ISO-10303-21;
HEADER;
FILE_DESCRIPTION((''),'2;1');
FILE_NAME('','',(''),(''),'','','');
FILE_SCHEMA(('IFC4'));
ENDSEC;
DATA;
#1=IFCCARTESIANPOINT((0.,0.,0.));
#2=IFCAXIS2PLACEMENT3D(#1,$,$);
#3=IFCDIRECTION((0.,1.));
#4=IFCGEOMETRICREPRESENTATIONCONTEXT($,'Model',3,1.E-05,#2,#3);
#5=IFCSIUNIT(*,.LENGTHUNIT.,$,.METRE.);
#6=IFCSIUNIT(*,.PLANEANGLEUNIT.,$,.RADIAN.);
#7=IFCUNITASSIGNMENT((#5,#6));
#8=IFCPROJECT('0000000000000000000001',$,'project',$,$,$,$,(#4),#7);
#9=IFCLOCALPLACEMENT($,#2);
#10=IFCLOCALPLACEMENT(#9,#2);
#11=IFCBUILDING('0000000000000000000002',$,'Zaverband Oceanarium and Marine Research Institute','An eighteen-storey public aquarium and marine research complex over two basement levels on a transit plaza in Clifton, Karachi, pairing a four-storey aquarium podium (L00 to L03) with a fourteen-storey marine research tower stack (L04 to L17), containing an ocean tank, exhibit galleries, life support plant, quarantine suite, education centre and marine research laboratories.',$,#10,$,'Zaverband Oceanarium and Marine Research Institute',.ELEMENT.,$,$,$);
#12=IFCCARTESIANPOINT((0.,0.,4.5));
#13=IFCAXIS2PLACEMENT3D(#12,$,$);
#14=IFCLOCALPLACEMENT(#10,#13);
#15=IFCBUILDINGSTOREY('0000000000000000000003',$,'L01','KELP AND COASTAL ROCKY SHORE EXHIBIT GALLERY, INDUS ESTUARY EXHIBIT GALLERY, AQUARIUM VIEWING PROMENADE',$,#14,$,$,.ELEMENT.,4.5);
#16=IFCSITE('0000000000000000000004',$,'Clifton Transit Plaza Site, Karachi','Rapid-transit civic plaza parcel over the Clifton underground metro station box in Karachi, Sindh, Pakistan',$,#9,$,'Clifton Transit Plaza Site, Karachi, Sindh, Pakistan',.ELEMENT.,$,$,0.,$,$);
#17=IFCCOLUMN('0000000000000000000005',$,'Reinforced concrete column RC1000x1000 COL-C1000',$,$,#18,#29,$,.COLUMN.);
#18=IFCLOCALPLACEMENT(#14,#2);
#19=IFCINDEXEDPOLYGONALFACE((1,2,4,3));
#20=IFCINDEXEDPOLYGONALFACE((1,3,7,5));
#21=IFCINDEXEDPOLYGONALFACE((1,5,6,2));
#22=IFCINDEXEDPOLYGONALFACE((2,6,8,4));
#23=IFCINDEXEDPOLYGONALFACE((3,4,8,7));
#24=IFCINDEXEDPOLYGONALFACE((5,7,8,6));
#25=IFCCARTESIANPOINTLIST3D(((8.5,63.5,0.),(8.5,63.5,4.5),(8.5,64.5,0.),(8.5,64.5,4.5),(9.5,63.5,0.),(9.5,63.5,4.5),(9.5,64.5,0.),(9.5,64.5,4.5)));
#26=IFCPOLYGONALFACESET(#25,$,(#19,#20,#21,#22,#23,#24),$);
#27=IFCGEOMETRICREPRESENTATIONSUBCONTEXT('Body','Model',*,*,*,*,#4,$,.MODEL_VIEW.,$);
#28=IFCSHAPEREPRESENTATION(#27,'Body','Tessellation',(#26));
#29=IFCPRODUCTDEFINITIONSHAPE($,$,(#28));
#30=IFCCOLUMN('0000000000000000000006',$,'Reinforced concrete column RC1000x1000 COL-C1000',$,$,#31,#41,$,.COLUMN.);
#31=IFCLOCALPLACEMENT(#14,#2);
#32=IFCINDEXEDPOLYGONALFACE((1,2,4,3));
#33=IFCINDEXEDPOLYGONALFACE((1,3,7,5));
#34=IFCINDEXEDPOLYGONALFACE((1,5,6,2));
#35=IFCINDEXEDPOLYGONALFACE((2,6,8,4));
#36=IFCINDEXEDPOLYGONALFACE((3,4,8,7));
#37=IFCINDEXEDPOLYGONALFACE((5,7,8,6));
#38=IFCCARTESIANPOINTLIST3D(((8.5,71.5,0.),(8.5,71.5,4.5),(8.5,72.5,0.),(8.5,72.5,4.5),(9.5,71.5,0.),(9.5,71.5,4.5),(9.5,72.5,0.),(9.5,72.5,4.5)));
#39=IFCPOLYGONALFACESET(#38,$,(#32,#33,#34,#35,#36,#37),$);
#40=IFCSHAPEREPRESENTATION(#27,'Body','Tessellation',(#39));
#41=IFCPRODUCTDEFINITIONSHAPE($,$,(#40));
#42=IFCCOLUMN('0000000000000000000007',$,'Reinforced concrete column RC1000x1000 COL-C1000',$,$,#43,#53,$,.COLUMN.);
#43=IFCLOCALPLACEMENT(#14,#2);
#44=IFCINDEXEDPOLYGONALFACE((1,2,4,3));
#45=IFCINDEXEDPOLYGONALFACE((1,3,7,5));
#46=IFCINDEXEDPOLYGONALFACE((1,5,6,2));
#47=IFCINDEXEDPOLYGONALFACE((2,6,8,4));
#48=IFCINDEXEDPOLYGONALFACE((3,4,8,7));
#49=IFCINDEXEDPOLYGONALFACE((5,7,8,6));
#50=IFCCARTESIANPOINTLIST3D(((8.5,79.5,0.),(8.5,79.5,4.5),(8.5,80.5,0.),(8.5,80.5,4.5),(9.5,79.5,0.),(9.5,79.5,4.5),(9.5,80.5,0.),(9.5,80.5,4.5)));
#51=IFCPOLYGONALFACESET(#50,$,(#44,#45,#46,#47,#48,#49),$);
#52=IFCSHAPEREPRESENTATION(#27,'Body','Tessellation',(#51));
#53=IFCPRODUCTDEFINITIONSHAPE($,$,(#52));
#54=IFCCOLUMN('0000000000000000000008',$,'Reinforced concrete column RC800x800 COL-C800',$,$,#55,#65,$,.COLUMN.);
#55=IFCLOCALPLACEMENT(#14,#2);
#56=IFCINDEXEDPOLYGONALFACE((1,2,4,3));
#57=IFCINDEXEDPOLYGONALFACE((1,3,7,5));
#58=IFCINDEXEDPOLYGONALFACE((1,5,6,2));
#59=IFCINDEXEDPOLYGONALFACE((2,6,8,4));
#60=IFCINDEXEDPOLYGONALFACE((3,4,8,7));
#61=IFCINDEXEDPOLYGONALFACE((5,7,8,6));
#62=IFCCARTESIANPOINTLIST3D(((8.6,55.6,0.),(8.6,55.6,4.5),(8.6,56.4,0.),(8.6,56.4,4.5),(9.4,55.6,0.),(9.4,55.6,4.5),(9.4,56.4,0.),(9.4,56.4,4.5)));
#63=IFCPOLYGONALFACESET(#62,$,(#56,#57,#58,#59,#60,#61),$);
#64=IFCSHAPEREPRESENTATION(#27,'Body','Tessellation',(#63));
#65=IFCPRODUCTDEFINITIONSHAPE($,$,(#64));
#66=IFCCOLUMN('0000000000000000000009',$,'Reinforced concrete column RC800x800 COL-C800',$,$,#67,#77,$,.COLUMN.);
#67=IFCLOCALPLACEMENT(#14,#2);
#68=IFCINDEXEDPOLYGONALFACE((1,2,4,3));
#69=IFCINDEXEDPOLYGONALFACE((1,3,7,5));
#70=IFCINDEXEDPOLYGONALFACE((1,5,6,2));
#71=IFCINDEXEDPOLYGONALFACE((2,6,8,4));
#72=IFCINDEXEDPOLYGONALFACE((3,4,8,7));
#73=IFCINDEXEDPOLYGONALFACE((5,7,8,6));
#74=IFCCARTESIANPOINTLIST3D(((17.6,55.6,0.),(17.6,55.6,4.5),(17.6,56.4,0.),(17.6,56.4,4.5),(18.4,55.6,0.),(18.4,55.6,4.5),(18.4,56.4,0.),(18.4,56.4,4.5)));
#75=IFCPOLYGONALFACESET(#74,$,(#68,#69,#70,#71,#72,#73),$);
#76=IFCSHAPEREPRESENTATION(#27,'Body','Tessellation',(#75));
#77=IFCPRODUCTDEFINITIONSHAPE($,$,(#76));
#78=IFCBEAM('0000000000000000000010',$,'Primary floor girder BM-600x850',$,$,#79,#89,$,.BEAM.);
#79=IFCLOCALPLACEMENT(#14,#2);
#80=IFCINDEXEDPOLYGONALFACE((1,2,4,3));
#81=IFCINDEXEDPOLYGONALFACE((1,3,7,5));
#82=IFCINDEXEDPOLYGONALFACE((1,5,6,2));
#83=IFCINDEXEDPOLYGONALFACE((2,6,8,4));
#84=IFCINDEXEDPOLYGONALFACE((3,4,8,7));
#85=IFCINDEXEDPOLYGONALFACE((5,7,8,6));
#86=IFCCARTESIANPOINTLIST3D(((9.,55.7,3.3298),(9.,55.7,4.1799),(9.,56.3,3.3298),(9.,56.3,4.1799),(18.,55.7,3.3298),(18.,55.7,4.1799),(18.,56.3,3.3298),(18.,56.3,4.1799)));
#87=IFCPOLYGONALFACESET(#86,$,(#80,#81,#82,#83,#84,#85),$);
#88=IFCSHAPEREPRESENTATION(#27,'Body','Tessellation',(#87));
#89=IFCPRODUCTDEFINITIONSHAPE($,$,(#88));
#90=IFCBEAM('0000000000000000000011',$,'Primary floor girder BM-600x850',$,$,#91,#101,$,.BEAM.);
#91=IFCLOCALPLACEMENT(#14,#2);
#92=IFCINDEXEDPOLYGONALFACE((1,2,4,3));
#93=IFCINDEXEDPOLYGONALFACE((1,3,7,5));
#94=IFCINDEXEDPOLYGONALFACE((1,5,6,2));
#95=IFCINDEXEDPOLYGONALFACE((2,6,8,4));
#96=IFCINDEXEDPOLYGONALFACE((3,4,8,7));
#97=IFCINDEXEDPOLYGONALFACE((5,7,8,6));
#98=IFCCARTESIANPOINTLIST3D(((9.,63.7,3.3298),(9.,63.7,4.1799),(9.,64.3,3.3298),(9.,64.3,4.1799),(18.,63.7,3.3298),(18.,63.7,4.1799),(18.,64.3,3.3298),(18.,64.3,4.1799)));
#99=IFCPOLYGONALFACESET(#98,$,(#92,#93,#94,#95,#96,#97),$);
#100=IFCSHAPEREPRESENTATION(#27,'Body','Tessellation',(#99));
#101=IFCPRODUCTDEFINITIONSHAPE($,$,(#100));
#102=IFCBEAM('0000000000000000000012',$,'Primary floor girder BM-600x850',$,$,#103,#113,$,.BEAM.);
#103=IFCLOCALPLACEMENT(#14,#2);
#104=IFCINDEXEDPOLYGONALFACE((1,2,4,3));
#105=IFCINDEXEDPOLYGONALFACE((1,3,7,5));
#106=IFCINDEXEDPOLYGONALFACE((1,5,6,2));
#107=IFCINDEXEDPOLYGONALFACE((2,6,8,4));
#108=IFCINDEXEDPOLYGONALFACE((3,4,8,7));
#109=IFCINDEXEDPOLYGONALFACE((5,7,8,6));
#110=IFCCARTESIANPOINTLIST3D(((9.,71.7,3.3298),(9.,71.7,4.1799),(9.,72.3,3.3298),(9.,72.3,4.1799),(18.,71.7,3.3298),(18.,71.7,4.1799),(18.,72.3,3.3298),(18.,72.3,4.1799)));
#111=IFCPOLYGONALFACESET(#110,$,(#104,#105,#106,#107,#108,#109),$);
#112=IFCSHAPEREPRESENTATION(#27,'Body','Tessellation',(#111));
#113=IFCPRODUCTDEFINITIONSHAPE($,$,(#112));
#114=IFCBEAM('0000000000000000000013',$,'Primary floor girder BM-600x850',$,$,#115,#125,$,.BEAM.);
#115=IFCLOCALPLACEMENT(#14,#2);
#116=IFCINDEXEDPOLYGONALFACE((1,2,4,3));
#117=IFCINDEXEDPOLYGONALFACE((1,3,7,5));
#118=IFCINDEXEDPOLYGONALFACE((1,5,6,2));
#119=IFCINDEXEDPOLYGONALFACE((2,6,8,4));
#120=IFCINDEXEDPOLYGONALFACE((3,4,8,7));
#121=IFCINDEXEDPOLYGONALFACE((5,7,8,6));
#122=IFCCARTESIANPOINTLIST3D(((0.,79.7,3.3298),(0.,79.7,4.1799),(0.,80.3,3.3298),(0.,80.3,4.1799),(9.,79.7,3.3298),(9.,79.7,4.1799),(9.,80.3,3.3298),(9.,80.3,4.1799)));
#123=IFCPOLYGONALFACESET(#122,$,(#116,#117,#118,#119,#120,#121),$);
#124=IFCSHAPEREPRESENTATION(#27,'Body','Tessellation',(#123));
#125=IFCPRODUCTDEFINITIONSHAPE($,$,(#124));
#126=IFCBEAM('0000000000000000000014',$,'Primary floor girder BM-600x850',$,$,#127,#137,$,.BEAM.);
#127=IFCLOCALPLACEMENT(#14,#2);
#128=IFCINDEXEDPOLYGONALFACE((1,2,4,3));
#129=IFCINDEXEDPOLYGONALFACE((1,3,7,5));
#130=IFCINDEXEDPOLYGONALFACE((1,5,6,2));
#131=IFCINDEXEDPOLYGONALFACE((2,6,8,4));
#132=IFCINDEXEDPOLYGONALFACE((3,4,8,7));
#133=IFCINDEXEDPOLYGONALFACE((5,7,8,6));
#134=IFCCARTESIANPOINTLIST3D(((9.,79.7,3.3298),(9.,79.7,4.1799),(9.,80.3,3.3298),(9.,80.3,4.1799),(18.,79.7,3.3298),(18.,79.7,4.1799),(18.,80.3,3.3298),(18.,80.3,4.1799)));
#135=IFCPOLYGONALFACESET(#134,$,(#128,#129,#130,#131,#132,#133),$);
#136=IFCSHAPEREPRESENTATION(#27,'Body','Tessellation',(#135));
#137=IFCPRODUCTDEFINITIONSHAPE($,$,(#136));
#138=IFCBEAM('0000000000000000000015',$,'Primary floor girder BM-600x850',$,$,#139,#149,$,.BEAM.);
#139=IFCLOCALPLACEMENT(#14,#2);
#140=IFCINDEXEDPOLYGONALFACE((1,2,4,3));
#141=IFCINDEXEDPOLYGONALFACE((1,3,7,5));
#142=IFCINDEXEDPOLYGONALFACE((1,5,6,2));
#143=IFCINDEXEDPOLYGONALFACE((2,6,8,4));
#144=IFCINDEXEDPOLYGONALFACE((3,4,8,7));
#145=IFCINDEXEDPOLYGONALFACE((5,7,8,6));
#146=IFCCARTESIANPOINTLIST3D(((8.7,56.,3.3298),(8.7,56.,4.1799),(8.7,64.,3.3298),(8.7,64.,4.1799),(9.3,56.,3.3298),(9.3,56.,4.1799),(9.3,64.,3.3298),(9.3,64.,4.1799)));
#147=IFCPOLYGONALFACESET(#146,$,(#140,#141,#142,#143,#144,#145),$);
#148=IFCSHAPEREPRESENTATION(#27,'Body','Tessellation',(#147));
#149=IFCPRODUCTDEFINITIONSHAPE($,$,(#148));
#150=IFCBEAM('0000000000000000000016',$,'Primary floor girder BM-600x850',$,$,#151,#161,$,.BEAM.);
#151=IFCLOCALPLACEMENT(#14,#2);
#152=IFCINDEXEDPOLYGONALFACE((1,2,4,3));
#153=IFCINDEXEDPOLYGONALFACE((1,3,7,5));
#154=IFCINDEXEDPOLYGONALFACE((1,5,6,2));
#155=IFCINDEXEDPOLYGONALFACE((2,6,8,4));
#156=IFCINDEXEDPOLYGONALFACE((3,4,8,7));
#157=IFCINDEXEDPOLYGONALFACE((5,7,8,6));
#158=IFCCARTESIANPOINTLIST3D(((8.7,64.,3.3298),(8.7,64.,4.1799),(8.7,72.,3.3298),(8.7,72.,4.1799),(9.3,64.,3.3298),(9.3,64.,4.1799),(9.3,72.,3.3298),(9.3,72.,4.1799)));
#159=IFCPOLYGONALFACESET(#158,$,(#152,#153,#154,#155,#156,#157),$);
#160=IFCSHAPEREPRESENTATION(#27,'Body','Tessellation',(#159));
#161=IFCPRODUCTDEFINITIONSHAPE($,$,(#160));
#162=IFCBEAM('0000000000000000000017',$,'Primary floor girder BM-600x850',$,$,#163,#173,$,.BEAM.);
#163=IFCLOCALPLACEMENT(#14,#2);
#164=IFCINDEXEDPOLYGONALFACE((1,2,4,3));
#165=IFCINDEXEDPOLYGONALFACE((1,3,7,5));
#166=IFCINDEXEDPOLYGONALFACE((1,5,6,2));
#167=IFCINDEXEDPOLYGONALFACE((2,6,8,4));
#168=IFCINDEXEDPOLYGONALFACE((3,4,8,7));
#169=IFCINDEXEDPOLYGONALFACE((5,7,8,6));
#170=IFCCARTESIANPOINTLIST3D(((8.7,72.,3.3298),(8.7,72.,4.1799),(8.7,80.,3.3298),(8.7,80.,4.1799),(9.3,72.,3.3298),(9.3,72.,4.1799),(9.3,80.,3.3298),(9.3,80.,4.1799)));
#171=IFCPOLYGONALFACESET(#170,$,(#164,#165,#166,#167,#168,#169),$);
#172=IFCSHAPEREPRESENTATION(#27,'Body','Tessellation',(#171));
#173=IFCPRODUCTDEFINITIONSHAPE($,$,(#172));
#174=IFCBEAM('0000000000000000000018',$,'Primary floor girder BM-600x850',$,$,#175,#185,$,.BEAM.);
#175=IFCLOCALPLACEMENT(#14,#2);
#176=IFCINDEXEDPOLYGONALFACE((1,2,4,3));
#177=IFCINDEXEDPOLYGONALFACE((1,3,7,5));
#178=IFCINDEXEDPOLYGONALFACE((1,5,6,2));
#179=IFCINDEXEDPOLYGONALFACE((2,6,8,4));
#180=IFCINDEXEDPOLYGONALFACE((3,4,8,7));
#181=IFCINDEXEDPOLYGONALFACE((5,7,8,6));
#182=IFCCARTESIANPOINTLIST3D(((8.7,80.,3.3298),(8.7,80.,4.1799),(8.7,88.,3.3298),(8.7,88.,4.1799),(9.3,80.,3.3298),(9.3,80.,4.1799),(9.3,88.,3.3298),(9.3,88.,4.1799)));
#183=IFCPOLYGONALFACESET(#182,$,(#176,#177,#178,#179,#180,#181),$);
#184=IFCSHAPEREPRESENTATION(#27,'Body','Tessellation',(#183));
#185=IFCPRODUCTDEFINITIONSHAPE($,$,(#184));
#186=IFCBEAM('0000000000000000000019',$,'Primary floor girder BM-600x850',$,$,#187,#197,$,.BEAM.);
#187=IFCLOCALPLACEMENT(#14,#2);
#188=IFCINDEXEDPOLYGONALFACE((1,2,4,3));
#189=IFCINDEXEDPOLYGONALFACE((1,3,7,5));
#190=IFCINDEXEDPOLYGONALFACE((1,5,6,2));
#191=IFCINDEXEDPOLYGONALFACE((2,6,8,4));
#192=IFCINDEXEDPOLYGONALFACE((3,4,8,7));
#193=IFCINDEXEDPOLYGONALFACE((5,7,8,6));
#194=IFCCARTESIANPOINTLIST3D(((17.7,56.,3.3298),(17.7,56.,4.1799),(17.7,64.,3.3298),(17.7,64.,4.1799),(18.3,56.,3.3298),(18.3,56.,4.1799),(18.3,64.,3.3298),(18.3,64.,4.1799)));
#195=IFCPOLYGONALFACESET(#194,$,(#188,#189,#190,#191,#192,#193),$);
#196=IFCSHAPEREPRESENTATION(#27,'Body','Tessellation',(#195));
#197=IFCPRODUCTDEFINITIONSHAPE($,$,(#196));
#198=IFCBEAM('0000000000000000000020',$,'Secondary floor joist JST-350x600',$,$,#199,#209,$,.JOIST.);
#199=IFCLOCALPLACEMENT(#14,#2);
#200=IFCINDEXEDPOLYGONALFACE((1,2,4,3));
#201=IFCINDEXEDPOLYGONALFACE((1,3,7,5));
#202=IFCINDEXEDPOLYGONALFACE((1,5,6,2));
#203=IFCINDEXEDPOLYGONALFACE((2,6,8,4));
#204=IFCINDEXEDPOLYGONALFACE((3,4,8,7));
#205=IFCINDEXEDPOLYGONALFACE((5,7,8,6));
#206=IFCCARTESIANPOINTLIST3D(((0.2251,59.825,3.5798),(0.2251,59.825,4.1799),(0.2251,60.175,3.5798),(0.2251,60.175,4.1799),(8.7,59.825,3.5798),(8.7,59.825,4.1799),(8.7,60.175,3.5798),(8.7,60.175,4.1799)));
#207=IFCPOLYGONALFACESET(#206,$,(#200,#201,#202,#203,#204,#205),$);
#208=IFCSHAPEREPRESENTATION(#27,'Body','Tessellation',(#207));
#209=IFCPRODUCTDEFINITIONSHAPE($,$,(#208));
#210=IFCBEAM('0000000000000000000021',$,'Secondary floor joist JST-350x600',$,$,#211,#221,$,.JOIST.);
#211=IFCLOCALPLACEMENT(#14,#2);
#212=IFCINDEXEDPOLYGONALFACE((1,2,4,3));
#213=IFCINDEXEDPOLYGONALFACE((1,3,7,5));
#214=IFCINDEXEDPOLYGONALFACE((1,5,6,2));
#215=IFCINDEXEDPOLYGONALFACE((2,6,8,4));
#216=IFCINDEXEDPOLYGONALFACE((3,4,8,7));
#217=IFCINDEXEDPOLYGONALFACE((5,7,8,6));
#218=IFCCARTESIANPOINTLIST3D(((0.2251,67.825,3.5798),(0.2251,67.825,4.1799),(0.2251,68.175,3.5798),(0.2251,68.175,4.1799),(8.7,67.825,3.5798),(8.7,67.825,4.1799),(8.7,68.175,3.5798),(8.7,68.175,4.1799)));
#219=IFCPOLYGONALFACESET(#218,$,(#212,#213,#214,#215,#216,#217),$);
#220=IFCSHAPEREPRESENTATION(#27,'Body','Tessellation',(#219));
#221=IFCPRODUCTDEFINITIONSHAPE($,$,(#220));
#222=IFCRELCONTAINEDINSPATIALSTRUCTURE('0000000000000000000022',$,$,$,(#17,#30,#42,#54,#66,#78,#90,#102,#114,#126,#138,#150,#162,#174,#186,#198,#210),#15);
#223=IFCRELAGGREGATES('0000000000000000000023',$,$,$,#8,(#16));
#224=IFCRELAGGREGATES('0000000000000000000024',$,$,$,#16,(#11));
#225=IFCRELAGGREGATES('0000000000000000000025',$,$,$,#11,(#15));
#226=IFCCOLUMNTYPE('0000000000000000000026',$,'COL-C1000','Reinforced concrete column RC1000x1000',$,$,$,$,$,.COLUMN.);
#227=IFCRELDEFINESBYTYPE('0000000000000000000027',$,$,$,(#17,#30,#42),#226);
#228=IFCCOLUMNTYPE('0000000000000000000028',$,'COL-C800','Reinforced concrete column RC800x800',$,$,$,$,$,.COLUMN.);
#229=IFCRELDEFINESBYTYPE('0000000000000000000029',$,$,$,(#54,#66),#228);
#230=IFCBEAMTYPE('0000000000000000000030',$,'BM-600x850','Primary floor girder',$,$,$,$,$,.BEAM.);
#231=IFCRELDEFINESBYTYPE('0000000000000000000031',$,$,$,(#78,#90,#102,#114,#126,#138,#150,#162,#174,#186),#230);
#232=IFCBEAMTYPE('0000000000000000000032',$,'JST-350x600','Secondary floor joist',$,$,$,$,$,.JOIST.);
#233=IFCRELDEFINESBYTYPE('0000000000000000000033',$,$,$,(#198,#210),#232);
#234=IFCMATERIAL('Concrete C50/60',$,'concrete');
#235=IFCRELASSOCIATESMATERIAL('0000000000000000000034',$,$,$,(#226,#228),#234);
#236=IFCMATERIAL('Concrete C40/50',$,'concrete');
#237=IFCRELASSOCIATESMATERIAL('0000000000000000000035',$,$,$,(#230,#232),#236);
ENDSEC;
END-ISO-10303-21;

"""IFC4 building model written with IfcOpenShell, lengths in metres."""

from ifc_helpers import new_model, si_unit, direction, frame, origin, origin_2d, place, context, subcontext, project, spatial, rectangle, extrude, material, material_profile, profile_set, type_object, element, save


model = new_model("IFC4")

# Units and contexts
model_context = context("Model", 3, precision=1e-05, world=origin(), true_north=direction((0.0, 1.0)))
body_context = subcontext(model_context, "Body", "Model", "MODEL_VIEW")
ifc_project = project(units=[si_unit("LENGTHUNIT", "METRE"), si_unit("PLANEANGLEUNIT", "RADIAN")], contexts=[model_context])

# Site, building, storey
site_placement = place(None, origin())
site = spatial("IfcSite", under=ifc_project, at=site_placement, Name="Clifton Transit Plaza Site, Karachi", Description="Rapid-transit civic plaza parcel over the Clifton underground metro station box in Karachi, Sindh, Pakistan", LongName="Clifton Transit Plaza Site, Karachi, Sindh, Pakistan", CompositionType="ELEMENT", RefElevation=0.0)
building_placement = place(site_placement, origin())
building = spatial("IfcBuilding", under=site, at=building_placement, Name="Zaverband Oceanarium and Marine Research Institute", Description="An eighteen-storey public aquarium and marine research complex over two basement levels on a transit plaza in Clifton, Karachi, pairing a four-storey aquarium podium (L00 to L03) with a fourteen-storey marine research tower stack (L04 to L17), containing an ocean tank, exhibit galleries, life support plant, quarantine suite, education centre and marine research laboratories.", LongName="Zaverband Oceanarium and Marine Research Institute", CompositionType="ELEMENT")
storey_placement = place(building_placement, frame((0.0, 0.0, 4.5)))
storey = spatial("IfcBuildingStorey", under=building, at=storey_placement, Name="L01", Description="KELP AND COASTAL ROCKY SHORE EXHIBIT GALLERY, INDUS ESTUARY EXHIBIT GALLERY, AQUARIUM VIEWING PROMENADE", CompositionType="ELEMENT", Elevation=4.5)

# Columns
ifc_material_1 = material(Name="Concrete C50/60", Category="concrete")
ifc_material_profile_1 = material_profile(ifc_material_1, rectangle(XDim=1.0, YDim=1.0, at=origin_2d()), Name="RC1000x1000")
ifc_profile_set_1 = profile_set([ifc_material_profile_1], Name="Concrete C50/60")
column_type_1 = type_object("IfcColumnType", Name="COL-C1000", Description="Reinforced concrete column RC1000x1000", PredefinedType="COLUMN", material=ifc_profile_set_1)
for number, where, z_axis, x_axis, name in (
    (1, (9.0, 64.0, 0.0), (0.0, 0.0, 1.0), (1.0, 0.0, 0.0), "Reinforced concrete column RC1000x1000 COL-C1000"),
    (2, (9.0, 72.0, 0.0), (0.0, 0.0, 1.0), (1.0, 0.0, 0.0), "Reinforced concrete column RC1000x1000 COL-C1000"),
    (3, (9.0, 80.0, 0.0), (0.0, 0.0, 1.0), (1.0, 0.0, 0.0), "Reinforced concrete column RC1000x1000 COL-C1000"),
):
    element("IfcColumn", number, at=place(storey_placement, frame(where, z_axis=z_axis, x_axis=x_axis)), inside=storey, type_object=column_type_1, Name=name, PredefinedType="COLUMN", context=body_context, shape_type="SweptSolid", body=[
        extrude(rectangle(XDim=1.0, YDim=1.0, at=origin_2d()), origin(), (0.0, 0.0, 1.0), 4.5),
    ])
ifc_material_profile_2 = material_profile(ifc_material_1, rectangle(XDim=0.8, YDim=0.8, at=origin_2d()), Name="RC800x800")
ifc_profile_set_2 = profile_set([ifc_material_profile_2], Name="Concrete C50/60")
column_type_2 = type_object("IfcColumnType", Name="COL-C800", Description="Reinforced concrete column RC800x800", PredefinedType="COLUMN", material=ifc_profile_set_2)
for number, where, z_axis, x_axis, name in (
    (4, (9.0, 56.0, 0.0), (0.0, 0.0, 1.0), (1.0, 0.0, 0.0), "Reinforced concrete column RC800x800 COL-C800"),
    (5, (18.0, 56.0, 0.0), (0.0, 0.0, 1.0), (1.0, 0.0, 0.0), "Reinforced concrete column RC800x800 COL-C800"),
):
    element("IfcColumn", number, at=place(storey_placement, frame(where, z_axis=z_axis, x_axis=x_axis)), inside=storey, type_object=column_type_2, Name=name, PredefinedType="COLUMN", context=body_context, shape_type="SweptSolid", body=[
        extrude(rectangle(XDim=0.8, YDim=0.8, at=origin_2d()), origin(), (0.0, 0.0, 1.0), 4.5),
    ])

# Beams
ifc_material_2 = material(Name="Concrete C40/50", Category="concrete")
ifc_material_profile_3 = material_profile(ifc_material_2, rectangle(XDim=0.6001, YDim=0.8501, at=origin_2d()), Name="RC600x850")
ifc_profile_set_3 = profile_set([ifc_material_profile_3], Name="Concrete C40/50")
beam_type_1 = type_object("IfcBeamType", Name="BM-600x850", Description="Primary floor girder", PredefinedType="BEAM", material=ifc_profile_set_3)
for number, where, z_axis, x_axis, name in (
    (6, (9.0, 56.0, 3.7549), (1.0, 0.0, 0.0), (0.0, 1.0, 0.0), "Primary floor girder BM-600x850"),
    (7, (9.0, 64.0, 3.7549), (1.0, 0.0, 0.0), (0.0, 1.0, 0.0), "Primary floor girder BM-600x850"),
    (8, (9.0, 72.0, 3.7549), (1.0, 0.0, 0.0), (0.0, 1.0, 0.0), "Primary floor girder BM-600x850"),
    (9, (0.0, 80.0, 3.7549), (1.0, 0.0, 0.0), (0.0, 1.0, 0.0), "Primary floor girder BM-600x850"),
    (10, (9.0, 80.0, 3.7549), (1.0, 0.0, 0.0), (0.0, 1.0, 0.0), "Primary floor girder BM-600x850"),
):
    element("IfcBeam", number, at=place(storey_placement, frame(where, z_axis=z_axis, x_axis=x_axis)), inside=storey, type_object=beam_type_1, Name=name, PredefinedType="BEAM", context=body_context, shape_type="SweptSolid", body=[
        extrude(rectangle(XDim=0.6001, YDim=0.8501, at=origin_2d()), origin(), (0.0, 0.0, 1.0), 9.0),
    ])
for number, where, z_axis, x_axis, name in (
    (11, (9.0, 56.0, 3.7549), (0.0, 1.0, 0.0), (-1.0, 0.0, 0.0), "Primary floor girder BM-600x850"),
    (12, (9.0, 64.0, 3.7549), (0.0, 1.0, 0.0), (-1.0, 0.0, 0.0), "Primary floor girder BM-600x850"),
    (13, (9.0, 72.0, 3.7549), (0.0, 1.0, 0.0), (-1.0, 0.0, 0.0), "Primary floor girder BM-600x850"),
    (14, (9.0, 80.0, 3.7549), (0.0, 1.0, 0.0), (-1.0, 0.0, 0.0), "Primary floor girder BM-600x850"),
    (15, (18.0, 56.0, 3.7549), (0.0, 1.0, 0.0), (-1.0, 0.0, 0.0), "Primary floor girder BM-600x850"),
):
    element("IfcBeam", number, at=place(storey_placement, frame(where, z_axis=z_axis, x_axis=x_axis)), inside=storey, type_object=beam_type_1, Name=name, PredefinedType="BEAM", context=body_context, shape_type="SweptSolid", body=[
        extrude(rectangle(XDim=0.6001, YDim=0.8501, at=origin_2d()), origin(), (0.0, 0.0, 1.0), 8.0),
    ])
ifc_material_profile_4 = material_profile(ifc_material_2, rectangle(XDim=0.3501, YDim=0.6001, at=origin_2d()), Name="RC350x600")
ifc_profile_set_4 = profile_set([ifc_material_profile_4], Name="Concrete C40/50")
beam_type_2 = type_object("IfcBeamType", Name="JST-350x600", Description="Secondary floor joist", PredefinedType="JOIST", material=ifc_profile_set_4)
for number, where, z_axis, x_axis, name in (
    (16, (0.2251, 60.0, 3.8799), (1.0, 0.0, 0.0), (0.0, 1.0, 0.0), "Secondary floor joist JST-350x600"),
    (17, (0.2251, 68.0, 3.8799), (1.0, 0.0, 0.0), (0.0, 1.0, 0.0), "Secondary floor joist JST-350x600"),
):
    element("IfcBeam", number, at=place(storey_placement, frame(where, z_axis=z_axis, x_axis=x_axis)), inside=storey, type_object=beam_type_2, Name=name, PredefinedType="JOIST", context=body_context, shape_type="SweptSolid", body=[
        extrude(rectangle(XDim=0.3501, YDim=0.6001, at=origin_2d()), origin(), (0.0, 0.0, 1.0), 8.4749),
    ])

save(model, "model.ifc")
